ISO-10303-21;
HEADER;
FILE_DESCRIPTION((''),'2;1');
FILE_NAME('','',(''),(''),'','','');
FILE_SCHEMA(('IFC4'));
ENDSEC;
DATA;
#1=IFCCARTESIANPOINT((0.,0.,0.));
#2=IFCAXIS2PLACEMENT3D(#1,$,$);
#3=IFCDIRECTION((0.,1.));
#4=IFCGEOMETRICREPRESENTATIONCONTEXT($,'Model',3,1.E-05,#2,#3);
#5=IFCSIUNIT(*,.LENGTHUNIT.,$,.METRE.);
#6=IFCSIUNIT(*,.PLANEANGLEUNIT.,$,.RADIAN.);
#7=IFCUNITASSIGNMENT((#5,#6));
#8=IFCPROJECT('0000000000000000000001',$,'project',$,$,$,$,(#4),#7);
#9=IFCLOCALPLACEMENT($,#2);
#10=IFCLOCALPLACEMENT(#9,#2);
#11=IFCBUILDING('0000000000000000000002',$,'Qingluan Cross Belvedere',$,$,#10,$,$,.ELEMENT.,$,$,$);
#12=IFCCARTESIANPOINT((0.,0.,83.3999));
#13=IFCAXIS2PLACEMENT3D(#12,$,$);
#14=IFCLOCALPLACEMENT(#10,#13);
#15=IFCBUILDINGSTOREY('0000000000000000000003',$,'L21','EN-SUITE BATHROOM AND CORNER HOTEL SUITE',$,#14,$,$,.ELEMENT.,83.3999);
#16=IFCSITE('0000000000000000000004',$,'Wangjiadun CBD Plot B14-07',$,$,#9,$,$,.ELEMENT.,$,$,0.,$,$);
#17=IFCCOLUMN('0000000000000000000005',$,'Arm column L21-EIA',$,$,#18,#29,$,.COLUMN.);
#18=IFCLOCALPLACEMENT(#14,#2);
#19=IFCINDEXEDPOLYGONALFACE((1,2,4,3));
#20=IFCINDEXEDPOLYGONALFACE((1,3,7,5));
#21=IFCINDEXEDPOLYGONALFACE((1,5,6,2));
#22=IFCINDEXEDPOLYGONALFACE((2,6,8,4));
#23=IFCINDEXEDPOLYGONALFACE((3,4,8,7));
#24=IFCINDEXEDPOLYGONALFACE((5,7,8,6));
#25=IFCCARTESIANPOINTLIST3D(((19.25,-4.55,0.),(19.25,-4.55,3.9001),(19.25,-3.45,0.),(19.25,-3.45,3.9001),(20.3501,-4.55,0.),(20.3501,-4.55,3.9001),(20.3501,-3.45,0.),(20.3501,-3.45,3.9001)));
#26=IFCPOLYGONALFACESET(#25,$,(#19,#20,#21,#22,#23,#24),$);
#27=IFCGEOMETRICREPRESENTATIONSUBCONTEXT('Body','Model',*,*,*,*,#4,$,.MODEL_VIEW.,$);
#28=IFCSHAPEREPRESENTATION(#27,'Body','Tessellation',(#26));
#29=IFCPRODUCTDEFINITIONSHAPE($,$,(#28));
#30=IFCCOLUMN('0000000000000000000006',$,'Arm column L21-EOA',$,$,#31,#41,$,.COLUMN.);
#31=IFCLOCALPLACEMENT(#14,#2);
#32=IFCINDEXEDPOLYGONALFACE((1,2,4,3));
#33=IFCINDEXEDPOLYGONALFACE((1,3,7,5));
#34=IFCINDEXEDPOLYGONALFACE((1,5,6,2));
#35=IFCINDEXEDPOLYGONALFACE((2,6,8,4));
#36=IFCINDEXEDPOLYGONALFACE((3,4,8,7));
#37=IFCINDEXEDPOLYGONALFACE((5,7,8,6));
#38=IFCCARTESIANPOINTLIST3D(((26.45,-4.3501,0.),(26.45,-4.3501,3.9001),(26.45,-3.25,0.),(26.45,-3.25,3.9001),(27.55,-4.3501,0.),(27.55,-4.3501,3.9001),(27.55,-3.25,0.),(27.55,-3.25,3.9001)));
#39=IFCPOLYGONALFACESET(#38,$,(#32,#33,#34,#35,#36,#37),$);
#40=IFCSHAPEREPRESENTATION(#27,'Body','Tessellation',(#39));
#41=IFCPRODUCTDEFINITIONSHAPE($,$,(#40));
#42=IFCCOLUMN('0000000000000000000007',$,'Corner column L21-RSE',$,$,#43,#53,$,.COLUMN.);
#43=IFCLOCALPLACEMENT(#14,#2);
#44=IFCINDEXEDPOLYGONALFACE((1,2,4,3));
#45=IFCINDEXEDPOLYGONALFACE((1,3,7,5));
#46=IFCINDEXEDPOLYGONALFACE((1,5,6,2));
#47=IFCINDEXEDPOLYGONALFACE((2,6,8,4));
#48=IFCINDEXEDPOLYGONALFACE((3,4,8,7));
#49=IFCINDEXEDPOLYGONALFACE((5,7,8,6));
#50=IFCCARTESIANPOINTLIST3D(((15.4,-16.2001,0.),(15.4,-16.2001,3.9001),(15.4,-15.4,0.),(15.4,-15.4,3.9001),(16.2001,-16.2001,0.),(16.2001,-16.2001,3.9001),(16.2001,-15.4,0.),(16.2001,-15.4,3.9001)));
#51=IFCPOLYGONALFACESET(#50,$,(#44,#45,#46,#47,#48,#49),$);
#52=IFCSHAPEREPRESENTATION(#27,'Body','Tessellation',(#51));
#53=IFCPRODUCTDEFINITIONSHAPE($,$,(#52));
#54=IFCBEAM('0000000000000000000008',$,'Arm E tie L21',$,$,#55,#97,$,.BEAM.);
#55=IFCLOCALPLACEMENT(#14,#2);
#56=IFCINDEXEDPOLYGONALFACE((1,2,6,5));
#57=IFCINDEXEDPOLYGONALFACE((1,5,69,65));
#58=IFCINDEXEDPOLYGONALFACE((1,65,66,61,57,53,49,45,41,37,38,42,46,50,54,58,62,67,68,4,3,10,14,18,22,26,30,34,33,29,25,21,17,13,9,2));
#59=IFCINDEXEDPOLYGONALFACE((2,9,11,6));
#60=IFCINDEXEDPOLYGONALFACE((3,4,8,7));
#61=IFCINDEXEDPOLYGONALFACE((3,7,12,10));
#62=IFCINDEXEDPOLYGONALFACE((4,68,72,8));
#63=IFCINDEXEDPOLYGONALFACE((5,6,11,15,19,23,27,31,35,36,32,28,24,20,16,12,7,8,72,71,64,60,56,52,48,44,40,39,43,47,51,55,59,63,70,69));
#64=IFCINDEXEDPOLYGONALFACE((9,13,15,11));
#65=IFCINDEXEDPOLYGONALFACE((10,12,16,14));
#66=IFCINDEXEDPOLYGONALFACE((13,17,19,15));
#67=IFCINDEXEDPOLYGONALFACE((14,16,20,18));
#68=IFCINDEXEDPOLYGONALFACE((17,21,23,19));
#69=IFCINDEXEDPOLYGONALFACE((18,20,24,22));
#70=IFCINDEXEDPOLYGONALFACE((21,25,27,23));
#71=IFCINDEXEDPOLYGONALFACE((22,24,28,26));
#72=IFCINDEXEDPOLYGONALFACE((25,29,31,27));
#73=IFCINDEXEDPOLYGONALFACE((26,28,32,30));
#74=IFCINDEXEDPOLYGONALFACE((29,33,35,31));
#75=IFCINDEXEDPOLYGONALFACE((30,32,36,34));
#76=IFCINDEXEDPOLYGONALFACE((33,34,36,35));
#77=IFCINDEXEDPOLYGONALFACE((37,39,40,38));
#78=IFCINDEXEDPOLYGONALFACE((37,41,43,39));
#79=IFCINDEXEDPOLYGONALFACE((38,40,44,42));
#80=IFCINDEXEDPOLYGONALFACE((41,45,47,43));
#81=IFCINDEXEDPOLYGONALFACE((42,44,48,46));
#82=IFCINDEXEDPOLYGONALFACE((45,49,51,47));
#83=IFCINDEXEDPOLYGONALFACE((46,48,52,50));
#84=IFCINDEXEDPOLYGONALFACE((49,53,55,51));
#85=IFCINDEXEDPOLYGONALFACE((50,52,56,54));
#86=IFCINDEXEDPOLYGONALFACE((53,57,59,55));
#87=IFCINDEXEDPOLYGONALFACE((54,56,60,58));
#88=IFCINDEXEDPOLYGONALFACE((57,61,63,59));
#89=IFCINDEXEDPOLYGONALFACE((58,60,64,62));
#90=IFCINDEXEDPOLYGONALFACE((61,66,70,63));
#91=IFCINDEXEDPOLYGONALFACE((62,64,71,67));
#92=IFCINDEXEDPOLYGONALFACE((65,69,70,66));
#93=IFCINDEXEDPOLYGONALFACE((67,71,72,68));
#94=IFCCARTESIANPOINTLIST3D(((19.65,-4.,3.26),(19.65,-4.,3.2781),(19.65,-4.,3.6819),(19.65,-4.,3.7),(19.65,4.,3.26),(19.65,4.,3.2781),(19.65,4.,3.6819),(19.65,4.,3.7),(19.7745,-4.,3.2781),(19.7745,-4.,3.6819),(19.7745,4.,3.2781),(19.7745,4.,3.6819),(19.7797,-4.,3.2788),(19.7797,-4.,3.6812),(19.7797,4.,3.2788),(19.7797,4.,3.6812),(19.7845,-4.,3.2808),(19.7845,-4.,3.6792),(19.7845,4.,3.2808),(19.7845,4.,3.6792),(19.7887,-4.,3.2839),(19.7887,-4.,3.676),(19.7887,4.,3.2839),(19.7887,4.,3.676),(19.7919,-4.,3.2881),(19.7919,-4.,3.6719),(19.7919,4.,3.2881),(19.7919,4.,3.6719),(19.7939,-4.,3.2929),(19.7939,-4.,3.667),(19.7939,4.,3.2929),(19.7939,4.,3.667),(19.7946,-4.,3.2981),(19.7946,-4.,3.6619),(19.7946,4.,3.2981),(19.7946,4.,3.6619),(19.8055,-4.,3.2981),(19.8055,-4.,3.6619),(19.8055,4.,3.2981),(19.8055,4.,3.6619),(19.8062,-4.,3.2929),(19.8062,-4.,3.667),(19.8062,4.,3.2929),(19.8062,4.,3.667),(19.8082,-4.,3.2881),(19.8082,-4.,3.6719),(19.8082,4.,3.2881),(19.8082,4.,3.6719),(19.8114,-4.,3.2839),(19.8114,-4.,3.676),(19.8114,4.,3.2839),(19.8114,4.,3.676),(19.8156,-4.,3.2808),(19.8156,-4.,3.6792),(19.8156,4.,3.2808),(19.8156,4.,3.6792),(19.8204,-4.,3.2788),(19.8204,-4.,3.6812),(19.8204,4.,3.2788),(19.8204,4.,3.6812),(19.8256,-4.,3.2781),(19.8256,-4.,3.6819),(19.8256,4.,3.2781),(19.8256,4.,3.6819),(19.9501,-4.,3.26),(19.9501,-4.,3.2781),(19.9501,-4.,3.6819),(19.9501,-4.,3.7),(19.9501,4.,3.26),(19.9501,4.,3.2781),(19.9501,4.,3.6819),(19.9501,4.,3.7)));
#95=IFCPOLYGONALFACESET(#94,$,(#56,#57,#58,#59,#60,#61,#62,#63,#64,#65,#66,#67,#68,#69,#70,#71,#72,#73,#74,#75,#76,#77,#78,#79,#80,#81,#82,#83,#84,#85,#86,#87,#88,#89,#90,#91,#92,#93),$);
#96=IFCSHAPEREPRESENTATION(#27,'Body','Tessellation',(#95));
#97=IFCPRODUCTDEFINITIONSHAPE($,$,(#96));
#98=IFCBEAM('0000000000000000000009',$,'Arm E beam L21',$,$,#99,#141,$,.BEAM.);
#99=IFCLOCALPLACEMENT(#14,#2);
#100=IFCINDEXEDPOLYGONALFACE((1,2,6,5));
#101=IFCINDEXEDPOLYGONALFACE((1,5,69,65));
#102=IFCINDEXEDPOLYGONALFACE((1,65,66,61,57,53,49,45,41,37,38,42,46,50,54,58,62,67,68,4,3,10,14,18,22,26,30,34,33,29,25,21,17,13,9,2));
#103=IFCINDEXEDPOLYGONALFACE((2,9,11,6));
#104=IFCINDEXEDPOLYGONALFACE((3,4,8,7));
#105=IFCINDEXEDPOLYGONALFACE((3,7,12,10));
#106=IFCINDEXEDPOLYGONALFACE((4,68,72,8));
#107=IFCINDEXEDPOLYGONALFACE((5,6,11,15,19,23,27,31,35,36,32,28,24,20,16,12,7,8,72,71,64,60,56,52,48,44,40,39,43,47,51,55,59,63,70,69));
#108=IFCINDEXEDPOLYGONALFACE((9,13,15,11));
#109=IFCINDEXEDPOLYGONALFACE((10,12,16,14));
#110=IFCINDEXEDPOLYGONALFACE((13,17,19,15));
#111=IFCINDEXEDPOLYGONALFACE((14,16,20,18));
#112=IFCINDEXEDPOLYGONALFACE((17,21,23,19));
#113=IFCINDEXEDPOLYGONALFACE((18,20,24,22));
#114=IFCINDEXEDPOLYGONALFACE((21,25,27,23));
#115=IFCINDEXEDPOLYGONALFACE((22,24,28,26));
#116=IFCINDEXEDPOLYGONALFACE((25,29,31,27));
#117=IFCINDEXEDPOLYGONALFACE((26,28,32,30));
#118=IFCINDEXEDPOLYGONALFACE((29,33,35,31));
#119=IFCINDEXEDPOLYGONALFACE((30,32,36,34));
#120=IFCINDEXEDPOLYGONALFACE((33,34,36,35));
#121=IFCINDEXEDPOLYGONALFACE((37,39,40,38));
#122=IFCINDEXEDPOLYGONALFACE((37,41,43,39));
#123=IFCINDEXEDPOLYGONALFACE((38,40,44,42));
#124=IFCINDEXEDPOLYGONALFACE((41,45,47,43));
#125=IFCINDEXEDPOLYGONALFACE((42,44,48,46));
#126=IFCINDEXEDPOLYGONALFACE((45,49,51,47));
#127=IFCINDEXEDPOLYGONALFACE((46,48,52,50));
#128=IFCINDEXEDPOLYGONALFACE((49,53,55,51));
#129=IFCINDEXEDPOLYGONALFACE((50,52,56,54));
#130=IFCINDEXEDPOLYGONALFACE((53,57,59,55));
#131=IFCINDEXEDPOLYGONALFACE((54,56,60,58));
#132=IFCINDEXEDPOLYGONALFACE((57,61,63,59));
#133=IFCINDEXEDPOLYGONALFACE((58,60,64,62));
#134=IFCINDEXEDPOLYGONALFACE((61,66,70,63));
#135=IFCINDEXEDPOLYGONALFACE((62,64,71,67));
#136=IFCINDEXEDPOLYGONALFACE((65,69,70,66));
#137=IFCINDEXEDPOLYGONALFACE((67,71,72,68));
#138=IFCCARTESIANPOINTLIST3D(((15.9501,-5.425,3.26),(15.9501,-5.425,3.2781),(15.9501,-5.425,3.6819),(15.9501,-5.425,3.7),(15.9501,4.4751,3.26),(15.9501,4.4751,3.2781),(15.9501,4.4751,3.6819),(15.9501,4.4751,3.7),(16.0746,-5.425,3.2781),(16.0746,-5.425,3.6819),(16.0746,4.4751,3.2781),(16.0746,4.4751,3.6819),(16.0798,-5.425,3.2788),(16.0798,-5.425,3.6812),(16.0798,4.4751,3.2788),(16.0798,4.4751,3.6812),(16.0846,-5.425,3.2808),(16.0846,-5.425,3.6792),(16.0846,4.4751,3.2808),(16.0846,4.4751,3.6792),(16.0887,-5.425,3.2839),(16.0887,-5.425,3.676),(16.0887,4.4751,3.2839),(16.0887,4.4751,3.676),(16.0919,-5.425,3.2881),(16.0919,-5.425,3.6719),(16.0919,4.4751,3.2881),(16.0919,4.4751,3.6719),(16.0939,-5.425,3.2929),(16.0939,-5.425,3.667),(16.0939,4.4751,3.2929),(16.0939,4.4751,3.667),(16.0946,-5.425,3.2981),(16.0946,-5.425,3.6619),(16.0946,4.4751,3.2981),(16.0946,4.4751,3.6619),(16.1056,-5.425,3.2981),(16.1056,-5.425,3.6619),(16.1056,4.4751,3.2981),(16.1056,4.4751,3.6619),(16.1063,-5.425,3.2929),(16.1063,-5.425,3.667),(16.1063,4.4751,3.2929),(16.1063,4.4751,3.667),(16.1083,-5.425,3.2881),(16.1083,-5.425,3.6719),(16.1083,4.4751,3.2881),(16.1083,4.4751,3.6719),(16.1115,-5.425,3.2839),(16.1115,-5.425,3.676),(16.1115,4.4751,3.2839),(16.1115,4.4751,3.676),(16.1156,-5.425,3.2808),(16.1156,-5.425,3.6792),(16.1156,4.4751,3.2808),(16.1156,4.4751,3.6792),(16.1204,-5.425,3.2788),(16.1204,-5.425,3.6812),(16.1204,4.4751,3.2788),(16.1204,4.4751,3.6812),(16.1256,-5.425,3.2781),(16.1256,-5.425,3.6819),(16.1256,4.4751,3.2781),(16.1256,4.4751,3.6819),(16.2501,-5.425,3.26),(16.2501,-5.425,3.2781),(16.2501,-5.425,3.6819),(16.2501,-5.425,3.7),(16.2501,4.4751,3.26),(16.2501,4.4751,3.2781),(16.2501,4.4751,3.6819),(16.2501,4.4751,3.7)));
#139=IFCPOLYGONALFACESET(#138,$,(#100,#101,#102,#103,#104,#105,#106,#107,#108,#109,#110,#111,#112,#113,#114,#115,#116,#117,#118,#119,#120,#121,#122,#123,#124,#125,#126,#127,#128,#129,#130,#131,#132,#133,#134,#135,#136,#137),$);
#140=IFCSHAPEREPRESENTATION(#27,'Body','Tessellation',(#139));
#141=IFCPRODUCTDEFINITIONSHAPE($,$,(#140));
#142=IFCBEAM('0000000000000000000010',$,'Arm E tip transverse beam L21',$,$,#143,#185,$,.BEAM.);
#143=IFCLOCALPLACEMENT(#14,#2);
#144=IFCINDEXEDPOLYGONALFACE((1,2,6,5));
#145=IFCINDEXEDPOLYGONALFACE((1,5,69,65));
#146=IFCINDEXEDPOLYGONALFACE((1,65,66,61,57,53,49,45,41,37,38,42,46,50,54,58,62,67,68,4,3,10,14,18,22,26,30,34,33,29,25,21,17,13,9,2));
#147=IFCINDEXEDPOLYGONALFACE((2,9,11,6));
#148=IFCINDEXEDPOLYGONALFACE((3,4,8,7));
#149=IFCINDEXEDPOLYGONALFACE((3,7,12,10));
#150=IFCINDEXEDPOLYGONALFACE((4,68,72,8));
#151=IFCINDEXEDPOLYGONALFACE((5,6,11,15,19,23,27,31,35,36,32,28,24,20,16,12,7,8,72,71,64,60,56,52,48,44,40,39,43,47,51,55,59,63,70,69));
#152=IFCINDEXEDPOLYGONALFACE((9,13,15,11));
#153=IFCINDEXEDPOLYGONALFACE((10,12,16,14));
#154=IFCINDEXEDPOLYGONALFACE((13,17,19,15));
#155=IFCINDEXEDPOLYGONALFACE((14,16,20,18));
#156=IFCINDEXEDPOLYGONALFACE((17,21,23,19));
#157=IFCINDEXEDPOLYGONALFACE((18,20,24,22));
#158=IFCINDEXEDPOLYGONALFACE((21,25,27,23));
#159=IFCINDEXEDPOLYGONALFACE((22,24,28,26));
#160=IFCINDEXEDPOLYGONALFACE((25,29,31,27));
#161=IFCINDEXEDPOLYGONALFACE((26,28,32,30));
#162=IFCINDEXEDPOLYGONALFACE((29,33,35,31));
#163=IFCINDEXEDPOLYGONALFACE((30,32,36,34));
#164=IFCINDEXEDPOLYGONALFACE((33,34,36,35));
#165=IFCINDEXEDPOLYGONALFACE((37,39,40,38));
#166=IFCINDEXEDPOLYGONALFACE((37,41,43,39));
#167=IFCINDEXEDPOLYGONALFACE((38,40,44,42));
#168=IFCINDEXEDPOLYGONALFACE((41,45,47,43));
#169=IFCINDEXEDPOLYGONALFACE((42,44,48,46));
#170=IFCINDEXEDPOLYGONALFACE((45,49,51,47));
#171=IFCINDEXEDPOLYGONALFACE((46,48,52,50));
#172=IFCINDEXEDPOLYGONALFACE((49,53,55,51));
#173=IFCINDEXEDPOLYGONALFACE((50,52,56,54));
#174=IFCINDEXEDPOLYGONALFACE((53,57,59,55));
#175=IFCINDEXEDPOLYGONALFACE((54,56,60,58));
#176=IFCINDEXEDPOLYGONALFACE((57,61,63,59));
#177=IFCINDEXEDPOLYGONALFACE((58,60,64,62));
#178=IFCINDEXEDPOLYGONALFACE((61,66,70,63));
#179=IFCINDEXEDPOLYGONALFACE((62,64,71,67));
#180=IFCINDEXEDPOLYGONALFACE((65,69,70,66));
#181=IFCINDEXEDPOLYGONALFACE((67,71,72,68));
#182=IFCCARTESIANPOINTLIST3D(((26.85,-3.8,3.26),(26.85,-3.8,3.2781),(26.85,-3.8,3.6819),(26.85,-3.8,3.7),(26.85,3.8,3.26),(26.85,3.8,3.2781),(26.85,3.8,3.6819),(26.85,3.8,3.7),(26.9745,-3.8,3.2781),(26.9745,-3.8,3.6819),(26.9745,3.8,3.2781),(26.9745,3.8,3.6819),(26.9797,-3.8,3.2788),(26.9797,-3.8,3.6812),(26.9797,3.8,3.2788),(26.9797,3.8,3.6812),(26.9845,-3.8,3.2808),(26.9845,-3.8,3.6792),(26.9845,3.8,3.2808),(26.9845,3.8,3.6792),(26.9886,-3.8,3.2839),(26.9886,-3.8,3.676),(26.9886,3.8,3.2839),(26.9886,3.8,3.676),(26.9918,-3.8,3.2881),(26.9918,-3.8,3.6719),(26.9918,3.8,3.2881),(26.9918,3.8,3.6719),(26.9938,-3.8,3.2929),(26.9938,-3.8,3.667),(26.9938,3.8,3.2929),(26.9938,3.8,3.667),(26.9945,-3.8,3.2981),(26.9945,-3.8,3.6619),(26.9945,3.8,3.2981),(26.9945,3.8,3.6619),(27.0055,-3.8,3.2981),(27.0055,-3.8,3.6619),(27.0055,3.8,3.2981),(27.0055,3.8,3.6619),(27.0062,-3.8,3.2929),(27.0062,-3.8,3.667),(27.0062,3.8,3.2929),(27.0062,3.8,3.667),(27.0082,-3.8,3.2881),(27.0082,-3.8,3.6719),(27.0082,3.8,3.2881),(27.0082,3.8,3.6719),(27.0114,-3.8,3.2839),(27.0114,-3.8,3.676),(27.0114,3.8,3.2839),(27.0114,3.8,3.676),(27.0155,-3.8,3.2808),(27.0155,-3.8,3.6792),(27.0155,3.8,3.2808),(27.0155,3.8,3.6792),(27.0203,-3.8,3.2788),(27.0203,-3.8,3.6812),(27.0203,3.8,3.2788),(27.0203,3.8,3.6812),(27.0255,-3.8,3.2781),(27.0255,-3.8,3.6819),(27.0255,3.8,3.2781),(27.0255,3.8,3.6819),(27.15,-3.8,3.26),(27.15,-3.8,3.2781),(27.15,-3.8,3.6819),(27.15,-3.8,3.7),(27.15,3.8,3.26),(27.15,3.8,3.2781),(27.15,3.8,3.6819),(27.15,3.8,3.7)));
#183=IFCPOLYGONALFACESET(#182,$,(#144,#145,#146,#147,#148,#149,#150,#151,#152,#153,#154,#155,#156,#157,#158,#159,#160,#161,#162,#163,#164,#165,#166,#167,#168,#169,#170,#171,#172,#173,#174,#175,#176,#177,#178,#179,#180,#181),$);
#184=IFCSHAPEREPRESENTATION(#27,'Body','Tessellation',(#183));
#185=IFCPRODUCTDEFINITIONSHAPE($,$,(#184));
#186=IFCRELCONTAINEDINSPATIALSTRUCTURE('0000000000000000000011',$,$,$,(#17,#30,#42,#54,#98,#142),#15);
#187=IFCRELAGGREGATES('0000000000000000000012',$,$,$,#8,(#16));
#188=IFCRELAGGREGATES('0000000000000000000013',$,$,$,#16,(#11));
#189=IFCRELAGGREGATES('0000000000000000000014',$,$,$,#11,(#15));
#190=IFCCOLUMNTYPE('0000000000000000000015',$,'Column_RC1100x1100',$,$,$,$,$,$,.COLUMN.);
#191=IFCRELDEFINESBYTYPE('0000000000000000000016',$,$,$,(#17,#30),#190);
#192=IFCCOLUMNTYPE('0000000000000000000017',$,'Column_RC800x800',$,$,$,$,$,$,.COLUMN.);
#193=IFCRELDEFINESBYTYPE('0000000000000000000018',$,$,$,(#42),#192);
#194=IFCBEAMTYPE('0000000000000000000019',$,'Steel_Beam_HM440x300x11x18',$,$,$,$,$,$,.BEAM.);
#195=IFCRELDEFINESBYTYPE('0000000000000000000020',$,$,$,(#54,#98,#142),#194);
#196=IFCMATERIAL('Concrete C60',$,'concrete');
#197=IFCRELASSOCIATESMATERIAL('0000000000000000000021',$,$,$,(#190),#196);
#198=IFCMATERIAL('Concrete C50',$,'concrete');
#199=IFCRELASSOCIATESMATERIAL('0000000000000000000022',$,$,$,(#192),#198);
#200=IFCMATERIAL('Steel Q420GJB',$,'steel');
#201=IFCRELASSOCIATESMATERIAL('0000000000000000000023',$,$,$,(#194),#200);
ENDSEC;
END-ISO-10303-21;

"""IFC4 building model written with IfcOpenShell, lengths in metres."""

from ifc_helpers import new_model, si_unit, direction, frame, origin, origin_2d, place, context, subcontext, project, spatial, rectangle, i_section, extrude, material, material_profile, profile_set, type_object, element, save


model = new_model("IFC4")

# Units and contexts
model_context = context("Model", 3, precision=1e-05, world=origin(), true_north=direction((0.0, 1.0)))
body_context = subcontext(model_context, "Body", "Model", "MODEL_VIEW")
ifc_project = project(units=[si_unit("LENGTHUNIT", "METRE"), si_unit("PLANEANGLEUNIT", "RADIAN")], contexts=[model_context])

# Site, building, storey
site_placement = place(None, origin())
site = spatial("IfcSite", under=ifc_project, at=site_placement, Name="Wangjiadun CBD Plot B14-07", CompositionType="ELEMENT", RefElevation=0.0)
building_placement = place(site_placement, origin())
building = spatial("IfcBuilding", under=site, at=building_placement, Name="Qingluan Cross Belvedere", CompositionType="ELEMENT")
storey_placement = place(building_placement, frame((0.0, 0.0, 83.3999)))
storey = spatial("IfcBuildingStorey", under=building, at=storey_placement, Name="L21", Description="EN-SUITE BATHROOM AND CORNER HOTEL SUITE", CompositionType="ELEMENT", Elevation=83.3999)

# Columns
ifc_material_1 = material(Name="Concrete C60", Category="concrete")
ifc_material_profile_1 = material_profile(ifc_material_1, rectangle(XDim=1.1001, YDim=1.1001, at=origin_2d()), Name="RC1100x1100")
ifc_profile_set_1 = profile_set([ifc_material_profile_1], Name="Concrete C60")
column_type_1 = type_object("IfcColumnType", Name="Column_RC1100x1100", PredefinedType="COLUMN", material=ifc_profile_set_1)
for number, where, z_axis, x_axis, name in (
    (1, (19.8, -4.0, 0.0), (0.0, 0.0, 1.0), (1.0, 0.0, 0.0), "Arm column L21-EIA"),
    (2, (27.0, -3.8, 0.0), (0.0, 0.0, 1.0), (1.0, 0.0, 0.0), "Arm column L21-EOA"),
):
    element("IfcColumn", number, at=place(storey_placement, frame(where, z_axis=z_axis, x_axis=x_axis)), inside=storey, type_object=column_type_1, Name=name, PredefinedType="COLUMN", context=body_context, shape_type="SweptSolid", body=[
        extrude(rectangle(XDim=1.1001, YDim=1.1001, at=origin_2d()), origin(), (0.0, 0.0, 1.0), 3.9001),
    ])
ifc_material_2 = material(Name="Concrete C50", Category="concrete")
ifc_material_profile_2 = material_profile(ifc_material_2, rectangle(XDim=0.8, YDim=0.8, at=origin_2d()), Name="RC800x800")
ifc_profile_set_2 = profile_set([ifc_material_profile_2], Name="Concrete C50")
column_type_2 = type_object("IfcColumnType", Name="Column_RC800x800", PredefinedType="COLUMN", material=ifc_profile_set_2)
column_placement = place(storey_placement, frame((15.8, -15.8, 0.0), z_axis=(0.0, 0.0, 1.0), x_axis=(1.0, 0.0, 0.0)))
element("IfcColumn", 3, at=column_placement, inside=storey, type_object=column_type_2, Name="Corner column L21-RSE", PredefinedType="COLUMN", context=body_context, shape_type="SweptSolid", body=[
    extrude(rectangle(XDim=0.8, YDim=0.8, at=origin_2d()), origin(), (0.0, 0.0, 1.0), 3.9001),
])

# Beams
ifc_material_3 = material(Name="Steel Q420GJB", Category="steel")
ifc_material_profile_3 = material_profile(ifc_material_3, i_section(OverallWidth=0.3, OverallDepth=0.4399, WebThickness=0.011, FlangeThickness=0.0181, FilletRadius=0.02, at=origin_2d()), Name="HM440x300x11x18")
ifc_profile_set_3 = profile_set([ifc_material_profile_3], Name="Steel Q420GJB")
beam_type_1 = type_object("IfcBeamType", Name="Steel_Beam_HM440x300x11x18", PredefinedType="BEAM", material=ifc_profile_set_3)
beam_1_placement = place(storey_placement, frame((19.8, -4.0, 3.48), z_axis=(0.0, 1.0, 0.0), x_axis=(-1.0, 0.0, 0.0)))
element("IfcBeam", 4, at=beam_1_placement, inside=storey, type_object=beam_type_1, Name="Arm E tie L21", PredefinedType="BEAM", context=body_context, shape_type="SweptSolid", body=[
    extrude(i_section(OverallWidth=0.3, OverallDepth=0.4399, WebThickness=0.011, FlangeThickness=0.0181, FilletRadius=0.02, at=origin_2d()), origin(), (0.0, 0.0, 1.0), 8.0),
])
beam_2_placement = place(storey_placement, frame((16.1001, -5.425, 3.48), z_axis=(0.0, 1.0, 0.0), x_axis=(-1.0, 0.0, 0.0)))
element("IfcBeam", 5, at=beam_2_placement, inside=storey, type_object=beam_type_1, Name="Arm E beam L21", PredefinedType="BEAM", context=body_context, shape_type="SweptSolid", body=[
    extrude(i_section(OverallWidth=0.3, OverallDepth=0.4399, WebThickness=0.011, FlangeThickness=0.0181, FilletRadius=0.02, at=origin_2d()), origin(), (0.0, 0.0, 1.0), 9.9001),
])
beam_3_placement = place(storey_placement, frame((27.0, -3.8, 3.48), z_axis=(0.0, 1.0, 0.0), x_axis=(-1.0, 0.0, 0.0)))
element("IfcBeam", 6, at=beam_3_placement, inside=storey, type_object=beam_type_1, Name="Arm E tip transverse beam L21", PredefinedType="BEAM", context=body_context, shape_type="SweptSolid", body=[
    extrude(i_section(OverallWidth=0.3, OverallDepth=0.4399, WebThickness=0.011, FlangeThickness=0.0181, FilletRadius=0.02, at=origin_2d()), origin(), (0.0, 0.0, 1.0), 7.6001),
])

save(model, "model.ifc")
